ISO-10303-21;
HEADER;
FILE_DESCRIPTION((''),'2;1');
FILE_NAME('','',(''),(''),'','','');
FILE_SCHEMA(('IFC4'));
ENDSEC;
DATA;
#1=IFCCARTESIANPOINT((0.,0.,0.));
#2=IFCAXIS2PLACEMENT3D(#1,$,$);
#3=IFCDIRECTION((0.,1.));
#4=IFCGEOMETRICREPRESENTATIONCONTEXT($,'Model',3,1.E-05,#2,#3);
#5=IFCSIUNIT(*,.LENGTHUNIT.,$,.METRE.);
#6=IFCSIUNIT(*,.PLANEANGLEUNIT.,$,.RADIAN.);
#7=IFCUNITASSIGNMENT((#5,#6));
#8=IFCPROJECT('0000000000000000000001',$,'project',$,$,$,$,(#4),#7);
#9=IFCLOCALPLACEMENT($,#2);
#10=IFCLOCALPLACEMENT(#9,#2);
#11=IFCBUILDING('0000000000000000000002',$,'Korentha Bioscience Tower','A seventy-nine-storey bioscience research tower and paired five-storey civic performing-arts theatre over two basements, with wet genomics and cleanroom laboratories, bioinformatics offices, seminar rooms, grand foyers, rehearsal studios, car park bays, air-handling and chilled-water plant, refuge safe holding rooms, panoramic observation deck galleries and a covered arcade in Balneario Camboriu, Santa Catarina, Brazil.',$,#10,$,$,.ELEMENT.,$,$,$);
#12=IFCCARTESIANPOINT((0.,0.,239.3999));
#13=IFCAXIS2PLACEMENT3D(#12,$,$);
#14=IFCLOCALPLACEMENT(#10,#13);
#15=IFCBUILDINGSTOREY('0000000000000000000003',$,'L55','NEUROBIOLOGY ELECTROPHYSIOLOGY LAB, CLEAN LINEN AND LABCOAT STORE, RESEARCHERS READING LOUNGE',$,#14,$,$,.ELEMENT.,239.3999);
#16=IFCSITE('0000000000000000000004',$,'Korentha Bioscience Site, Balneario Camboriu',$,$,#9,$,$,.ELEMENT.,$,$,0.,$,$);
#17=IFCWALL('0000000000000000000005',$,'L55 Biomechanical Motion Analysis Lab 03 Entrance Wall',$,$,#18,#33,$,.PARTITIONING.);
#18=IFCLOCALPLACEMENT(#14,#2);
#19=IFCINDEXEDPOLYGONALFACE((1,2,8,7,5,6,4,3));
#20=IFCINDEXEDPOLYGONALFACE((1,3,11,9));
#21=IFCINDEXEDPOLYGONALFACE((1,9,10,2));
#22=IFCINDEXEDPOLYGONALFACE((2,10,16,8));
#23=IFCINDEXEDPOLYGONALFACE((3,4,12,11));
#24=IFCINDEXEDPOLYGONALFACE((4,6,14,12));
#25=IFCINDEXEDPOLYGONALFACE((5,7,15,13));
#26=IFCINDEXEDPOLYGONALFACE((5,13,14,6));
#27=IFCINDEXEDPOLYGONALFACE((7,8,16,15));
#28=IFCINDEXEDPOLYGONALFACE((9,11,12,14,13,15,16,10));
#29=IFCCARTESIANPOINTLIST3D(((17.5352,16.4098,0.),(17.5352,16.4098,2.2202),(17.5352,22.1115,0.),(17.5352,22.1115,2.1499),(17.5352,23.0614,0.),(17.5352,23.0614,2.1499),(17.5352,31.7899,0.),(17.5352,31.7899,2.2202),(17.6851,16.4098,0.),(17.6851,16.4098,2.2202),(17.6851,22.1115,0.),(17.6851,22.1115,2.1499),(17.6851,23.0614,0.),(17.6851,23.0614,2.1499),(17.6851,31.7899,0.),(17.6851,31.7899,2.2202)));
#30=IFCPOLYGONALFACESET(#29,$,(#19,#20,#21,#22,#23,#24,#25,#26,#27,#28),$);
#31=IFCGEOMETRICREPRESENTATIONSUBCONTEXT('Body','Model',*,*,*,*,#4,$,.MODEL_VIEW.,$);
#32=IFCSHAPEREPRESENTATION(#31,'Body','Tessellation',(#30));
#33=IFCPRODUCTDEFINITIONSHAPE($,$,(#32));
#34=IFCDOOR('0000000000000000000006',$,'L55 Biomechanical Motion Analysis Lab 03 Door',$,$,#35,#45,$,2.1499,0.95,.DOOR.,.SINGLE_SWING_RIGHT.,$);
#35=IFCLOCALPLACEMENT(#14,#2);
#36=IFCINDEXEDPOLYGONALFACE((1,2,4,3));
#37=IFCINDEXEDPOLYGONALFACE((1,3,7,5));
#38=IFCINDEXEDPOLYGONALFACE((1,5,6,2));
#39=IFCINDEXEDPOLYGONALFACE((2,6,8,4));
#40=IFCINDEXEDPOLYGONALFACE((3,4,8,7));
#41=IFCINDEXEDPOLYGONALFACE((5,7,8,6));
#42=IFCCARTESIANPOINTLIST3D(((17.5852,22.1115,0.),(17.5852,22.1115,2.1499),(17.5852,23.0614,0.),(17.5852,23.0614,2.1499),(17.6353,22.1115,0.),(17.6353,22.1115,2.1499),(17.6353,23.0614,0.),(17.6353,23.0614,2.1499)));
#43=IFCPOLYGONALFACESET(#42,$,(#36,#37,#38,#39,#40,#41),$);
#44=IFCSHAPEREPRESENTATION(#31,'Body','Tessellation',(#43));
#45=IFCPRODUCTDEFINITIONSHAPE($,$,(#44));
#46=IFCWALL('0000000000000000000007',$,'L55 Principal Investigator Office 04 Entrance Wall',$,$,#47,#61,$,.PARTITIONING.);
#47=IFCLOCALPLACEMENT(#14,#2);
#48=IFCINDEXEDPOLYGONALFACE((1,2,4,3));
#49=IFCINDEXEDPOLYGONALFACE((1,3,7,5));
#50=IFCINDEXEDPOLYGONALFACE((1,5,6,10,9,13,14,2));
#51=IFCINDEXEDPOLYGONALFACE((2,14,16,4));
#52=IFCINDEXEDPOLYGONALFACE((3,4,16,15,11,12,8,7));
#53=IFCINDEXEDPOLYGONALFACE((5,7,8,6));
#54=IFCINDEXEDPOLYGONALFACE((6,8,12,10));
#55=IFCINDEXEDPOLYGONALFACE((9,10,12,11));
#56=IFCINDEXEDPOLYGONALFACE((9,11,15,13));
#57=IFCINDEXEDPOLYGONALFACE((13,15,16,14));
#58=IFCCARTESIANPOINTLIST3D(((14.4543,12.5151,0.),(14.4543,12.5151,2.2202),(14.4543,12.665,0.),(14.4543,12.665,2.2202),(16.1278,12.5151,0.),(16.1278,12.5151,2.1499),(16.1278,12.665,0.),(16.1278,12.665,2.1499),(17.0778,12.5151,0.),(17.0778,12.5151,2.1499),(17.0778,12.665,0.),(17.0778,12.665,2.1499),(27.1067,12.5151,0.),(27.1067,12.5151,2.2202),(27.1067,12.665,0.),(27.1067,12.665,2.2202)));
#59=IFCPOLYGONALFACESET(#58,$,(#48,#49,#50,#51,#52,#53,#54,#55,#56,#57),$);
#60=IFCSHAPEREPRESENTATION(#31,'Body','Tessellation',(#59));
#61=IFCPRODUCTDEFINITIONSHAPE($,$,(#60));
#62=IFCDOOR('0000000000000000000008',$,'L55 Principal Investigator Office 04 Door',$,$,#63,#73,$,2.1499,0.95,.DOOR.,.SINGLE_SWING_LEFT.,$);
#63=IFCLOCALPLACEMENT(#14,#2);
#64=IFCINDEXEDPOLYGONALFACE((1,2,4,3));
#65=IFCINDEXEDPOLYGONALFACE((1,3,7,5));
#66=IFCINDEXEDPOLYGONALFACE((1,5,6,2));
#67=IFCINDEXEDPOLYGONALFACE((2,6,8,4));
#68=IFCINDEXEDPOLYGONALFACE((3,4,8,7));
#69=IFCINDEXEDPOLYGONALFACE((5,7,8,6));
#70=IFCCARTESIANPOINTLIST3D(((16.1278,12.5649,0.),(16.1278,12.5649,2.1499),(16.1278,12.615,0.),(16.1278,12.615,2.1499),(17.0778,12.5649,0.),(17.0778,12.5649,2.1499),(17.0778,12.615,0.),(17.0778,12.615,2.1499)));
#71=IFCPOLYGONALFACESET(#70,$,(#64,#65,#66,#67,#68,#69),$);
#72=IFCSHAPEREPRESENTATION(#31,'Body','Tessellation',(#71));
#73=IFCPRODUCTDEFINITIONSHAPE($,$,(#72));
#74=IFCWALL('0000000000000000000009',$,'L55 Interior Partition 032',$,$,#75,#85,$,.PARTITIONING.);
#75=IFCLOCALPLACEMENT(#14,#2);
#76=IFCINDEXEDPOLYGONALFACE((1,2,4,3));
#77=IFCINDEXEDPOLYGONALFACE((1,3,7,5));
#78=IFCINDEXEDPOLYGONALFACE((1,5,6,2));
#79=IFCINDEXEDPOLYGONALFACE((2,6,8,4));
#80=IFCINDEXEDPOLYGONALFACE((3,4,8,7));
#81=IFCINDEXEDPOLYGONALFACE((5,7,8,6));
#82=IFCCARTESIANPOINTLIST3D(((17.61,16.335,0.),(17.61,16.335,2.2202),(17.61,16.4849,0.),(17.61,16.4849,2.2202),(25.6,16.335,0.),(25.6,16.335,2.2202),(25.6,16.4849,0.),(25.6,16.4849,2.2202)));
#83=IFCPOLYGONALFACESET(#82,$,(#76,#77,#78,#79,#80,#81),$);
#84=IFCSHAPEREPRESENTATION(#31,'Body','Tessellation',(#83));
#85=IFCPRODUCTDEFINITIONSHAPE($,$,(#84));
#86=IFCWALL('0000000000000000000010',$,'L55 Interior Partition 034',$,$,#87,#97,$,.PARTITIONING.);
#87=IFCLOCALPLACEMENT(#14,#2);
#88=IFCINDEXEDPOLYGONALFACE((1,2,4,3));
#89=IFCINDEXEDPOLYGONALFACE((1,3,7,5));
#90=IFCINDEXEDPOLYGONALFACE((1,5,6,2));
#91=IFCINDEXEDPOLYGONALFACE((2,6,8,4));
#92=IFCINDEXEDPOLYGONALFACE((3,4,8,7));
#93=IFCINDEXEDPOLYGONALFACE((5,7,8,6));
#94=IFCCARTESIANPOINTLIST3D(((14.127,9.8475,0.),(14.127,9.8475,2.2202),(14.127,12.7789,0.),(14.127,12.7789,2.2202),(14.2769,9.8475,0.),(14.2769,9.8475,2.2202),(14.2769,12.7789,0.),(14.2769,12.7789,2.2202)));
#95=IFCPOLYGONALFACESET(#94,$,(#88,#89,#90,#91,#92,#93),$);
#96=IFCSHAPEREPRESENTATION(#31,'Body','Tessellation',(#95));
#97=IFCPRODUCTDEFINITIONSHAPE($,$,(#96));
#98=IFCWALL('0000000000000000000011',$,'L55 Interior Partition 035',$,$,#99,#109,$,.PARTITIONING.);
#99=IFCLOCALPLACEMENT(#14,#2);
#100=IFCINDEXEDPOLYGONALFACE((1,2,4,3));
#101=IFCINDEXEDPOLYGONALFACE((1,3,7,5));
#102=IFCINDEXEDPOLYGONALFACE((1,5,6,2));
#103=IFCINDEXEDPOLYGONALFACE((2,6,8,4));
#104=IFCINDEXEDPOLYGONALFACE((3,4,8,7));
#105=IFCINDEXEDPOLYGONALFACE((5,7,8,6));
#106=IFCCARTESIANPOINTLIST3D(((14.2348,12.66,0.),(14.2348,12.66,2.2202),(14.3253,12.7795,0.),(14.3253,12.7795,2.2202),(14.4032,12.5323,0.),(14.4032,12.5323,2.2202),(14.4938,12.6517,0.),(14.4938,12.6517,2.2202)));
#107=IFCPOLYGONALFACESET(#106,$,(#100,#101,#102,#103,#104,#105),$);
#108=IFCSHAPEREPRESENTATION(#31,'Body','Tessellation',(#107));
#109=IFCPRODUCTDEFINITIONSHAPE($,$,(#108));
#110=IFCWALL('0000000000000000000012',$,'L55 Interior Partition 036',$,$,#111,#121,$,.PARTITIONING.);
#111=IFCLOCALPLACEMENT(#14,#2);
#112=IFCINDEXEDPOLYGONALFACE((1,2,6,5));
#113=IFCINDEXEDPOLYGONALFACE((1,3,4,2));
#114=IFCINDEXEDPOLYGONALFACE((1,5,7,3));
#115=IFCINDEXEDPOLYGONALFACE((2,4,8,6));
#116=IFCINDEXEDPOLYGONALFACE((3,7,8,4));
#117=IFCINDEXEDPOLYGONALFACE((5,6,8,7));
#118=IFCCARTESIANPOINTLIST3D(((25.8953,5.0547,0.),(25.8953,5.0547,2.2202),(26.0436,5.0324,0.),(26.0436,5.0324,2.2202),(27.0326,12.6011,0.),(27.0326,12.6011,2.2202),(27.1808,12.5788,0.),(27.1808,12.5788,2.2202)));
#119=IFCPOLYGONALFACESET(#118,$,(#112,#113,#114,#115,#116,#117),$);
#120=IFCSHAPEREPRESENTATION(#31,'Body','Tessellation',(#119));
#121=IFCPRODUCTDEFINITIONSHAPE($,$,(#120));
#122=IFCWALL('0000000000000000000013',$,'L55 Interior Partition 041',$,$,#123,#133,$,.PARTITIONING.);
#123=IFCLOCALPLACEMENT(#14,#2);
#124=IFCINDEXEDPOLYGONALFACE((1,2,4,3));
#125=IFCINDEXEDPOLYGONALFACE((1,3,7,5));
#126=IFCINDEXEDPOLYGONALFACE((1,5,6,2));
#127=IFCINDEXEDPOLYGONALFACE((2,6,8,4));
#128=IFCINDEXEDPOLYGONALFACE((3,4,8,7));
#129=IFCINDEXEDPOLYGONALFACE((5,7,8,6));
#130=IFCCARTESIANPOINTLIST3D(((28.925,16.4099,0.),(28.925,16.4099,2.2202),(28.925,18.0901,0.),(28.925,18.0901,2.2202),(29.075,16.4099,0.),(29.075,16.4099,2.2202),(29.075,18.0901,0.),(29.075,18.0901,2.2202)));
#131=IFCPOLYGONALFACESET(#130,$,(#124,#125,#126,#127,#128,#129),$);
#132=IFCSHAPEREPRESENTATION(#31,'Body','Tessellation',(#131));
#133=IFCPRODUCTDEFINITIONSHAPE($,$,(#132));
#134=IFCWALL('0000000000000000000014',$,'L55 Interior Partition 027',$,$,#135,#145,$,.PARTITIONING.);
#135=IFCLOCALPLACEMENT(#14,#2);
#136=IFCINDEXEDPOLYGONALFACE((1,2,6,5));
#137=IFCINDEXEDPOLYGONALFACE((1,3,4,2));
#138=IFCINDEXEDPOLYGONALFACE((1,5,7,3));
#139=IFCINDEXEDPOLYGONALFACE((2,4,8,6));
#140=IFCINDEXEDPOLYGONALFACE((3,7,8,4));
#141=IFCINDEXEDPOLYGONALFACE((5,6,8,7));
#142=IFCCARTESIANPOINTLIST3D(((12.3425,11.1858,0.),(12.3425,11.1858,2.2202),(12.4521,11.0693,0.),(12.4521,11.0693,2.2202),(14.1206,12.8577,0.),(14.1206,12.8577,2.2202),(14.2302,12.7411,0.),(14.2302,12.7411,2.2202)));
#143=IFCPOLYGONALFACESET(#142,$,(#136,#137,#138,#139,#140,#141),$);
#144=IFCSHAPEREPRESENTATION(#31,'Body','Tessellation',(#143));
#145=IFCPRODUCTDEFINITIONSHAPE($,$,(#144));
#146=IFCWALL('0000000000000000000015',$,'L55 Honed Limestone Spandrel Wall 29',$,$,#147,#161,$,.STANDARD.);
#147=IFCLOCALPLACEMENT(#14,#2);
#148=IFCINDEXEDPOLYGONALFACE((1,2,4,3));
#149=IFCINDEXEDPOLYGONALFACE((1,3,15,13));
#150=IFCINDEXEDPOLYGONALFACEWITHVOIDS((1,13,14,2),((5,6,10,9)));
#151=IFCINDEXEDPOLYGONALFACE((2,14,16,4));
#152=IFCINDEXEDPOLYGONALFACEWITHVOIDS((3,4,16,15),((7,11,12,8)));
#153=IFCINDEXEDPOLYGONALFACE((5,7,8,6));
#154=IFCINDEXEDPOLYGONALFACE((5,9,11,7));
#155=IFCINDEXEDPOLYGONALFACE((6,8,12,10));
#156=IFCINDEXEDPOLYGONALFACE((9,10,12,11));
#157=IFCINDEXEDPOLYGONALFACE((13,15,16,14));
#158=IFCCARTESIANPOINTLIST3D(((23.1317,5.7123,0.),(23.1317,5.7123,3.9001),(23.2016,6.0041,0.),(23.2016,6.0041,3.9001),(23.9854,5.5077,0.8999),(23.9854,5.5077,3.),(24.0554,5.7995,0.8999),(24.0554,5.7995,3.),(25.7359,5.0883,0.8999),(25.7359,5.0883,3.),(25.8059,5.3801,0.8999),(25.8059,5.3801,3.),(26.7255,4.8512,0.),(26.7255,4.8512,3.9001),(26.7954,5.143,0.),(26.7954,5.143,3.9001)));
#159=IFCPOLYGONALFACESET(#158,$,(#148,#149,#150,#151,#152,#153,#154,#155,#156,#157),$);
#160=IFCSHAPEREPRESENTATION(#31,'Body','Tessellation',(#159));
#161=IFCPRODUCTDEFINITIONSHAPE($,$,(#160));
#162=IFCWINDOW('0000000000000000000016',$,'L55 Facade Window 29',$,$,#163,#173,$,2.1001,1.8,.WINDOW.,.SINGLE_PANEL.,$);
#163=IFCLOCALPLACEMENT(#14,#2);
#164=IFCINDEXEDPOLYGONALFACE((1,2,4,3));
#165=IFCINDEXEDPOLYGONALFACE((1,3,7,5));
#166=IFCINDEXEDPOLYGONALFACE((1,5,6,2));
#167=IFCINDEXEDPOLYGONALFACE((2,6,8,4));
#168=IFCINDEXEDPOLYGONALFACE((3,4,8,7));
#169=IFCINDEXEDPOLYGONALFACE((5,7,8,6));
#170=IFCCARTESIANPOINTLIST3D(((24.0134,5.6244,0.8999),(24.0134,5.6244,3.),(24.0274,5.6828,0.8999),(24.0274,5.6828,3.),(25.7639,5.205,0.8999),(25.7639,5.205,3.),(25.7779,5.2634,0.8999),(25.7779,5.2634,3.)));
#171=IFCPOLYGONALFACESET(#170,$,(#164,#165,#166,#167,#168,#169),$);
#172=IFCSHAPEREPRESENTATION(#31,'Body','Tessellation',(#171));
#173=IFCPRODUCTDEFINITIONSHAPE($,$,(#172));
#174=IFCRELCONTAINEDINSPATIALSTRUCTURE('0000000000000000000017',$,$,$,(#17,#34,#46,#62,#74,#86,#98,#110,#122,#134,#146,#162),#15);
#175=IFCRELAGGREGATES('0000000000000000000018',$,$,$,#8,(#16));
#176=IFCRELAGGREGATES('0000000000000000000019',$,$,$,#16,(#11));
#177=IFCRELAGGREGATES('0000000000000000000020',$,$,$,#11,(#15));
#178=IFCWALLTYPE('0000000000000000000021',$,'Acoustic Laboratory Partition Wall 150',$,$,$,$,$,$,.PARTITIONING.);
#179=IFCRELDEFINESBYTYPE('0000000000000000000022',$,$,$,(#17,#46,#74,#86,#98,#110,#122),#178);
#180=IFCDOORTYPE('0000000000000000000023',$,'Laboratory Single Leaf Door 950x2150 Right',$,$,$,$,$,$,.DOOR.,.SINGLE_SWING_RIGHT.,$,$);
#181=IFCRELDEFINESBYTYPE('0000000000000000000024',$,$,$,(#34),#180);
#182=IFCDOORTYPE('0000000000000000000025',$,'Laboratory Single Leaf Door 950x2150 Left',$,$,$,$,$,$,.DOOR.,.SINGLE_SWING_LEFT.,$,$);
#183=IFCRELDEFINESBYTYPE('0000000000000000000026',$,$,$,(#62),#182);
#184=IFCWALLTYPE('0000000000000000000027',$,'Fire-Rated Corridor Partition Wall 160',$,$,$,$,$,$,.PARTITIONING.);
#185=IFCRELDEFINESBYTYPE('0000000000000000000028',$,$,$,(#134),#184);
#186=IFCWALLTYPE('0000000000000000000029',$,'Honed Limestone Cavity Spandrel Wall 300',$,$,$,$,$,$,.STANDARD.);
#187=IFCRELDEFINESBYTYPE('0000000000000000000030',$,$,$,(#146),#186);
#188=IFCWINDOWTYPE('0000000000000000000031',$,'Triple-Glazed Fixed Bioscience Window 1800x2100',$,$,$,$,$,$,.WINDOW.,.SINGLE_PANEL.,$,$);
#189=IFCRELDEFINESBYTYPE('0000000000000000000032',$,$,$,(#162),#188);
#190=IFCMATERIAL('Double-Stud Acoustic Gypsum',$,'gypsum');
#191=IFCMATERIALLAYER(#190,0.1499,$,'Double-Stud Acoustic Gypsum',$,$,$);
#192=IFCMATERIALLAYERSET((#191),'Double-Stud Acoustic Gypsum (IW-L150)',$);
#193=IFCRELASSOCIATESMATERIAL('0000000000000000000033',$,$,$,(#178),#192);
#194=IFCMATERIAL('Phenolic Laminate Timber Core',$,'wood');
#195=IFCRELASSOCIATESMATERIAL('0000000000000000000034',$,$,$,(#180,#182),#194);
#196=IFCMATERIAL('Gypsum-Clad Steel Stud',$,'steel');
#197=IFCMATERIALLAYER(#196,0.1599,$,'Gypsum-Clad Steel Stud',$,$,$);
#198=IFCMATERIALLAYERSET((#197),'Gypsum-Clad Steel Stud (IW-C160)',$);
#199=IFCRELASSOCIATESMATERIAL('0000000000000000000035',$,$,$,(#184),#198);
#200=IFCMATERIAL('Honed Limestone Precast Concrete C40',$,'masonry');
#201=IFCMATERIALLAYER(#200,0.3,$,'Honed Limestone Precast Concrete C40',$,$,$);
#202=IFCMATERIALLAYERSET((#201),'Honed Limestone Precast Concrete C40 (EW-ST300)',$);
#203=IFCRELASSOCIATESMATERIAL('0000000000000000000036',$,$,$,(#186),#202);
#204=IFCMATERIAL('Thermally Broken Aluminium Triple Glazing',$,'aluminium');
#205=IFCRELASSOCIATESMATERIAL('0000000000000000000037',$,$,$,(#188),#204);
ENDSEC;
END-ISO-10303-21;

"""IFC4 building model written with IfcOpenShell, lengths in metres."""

from ifc_helpers import new_model, si_unit, direction, frame, frame_2d, origin, place, context, subcontext, project, spatial, rectangle, extrude, material, layer, layer_set, type_object, element, fill, save


model = new_model("IFC4")

# Units and contexts
model_context = context("Model", 3, precision=1e-05, world=origin(), true_north=direction((0.0, 1.0)))
body_context = subcontext(model_context, "Body", "Model", "MODEL_VIEW")
ifc_project = project(units=[si_unit("LENGTHUNIT", "METRE"), si_unit("PLANEANGLEUNIT", "RADIAN")], contexts=[model_context])

# Site, building, storey
site_placement = place(None, origin())
site = spatial("IfcSite", under=ifc_project, at=site_placement, Name="Korentha Bioscience Site, Balneario Camboriu", CompositionType="ELEMENT", RefElevation=0.0)
building_placement = place(site_placement, origin())
building = spatial("IfcBuilding", under=site, at=building_placement, Name="Korentha Bioscience Tower", Description="A seventy-nine-storey bioscience research tower and paired five-storey civic performing-arts theatre over two basements, with wet genomics and cleanroom laboratories, bioinformatics offices, seminar rooms, grand foyers, rehearsal studios, car park bays, air-handling and chilled-water plant, refuge safe holding rooms, panoramic observation deck galleries and a covered arcade in Balneario Camboriu, Santa Catarina, Brazil.", CompositionType="ELEMENT")
storey_placement = place(building_placement, frame((0.0, 0.0, 239.3999)))
storey = spatial("IfcBuildingStorey", under=building, at=storey_placement, Name="L55", Description="NEUROBIOLOGY ELECTROPHYSIOLOGY LAB, CLEAN LINEN AND LABCOAT STORE, RESEARCHERS READING LOUNGE", CompositionType="ELEMENT", Elevation=239.3999)

# Walls, openings, doors
ifc_material_1 = material(Name="Double-Stud Acoustic Gypsum", Category="gypsum")
ifc_layer_1 = layer(ifc_material_1, 0.1499, Name="Double-Stud Acoustic Gypsum")
ifc_layer_set_1 = layer_set([ifc_layer_1], Name="Double-Stud Acoustic Gypsum (IW-L150)")
wall_type_1 = type_object("IfcWallType", Name="Acoustic Laboratory Partition Wall 150", PredefinedType="PARTITIONING", material=ifc_layer_set_1)
wall_1_placement = place(storey_placement, frame((17.6101, 16.4099, 0.0), z_axis=(0.0, 0.0, 1.0), x_axis=(0.0, 1.0, 0.0)))
wall_1 = element("IfcWall", 1, at=wall_1_placement, inside=storey, type_object=wall_type_1, Name="L55 Biomechanical Motion Analysis Lab 03 Entrance Wall", PredefinedType="PARTITIONING", context=body_context, shape_type="SweptSolid", body=[
    extrude(rectangle(XDim=15.3801, YDim=0.1499, at=frame_2d((7.6899, 0.0))), origin(), (0.0, 0.0, 1.0), 2.2202),
])
opening_1_placement = place(wall_1_placement, frame((5.7014, 0.0, 0.0)))
opening_1 = element("IfcOpeningElement", 2, at=opening_1_placement, cuts=wall_1, PredefinedType="OPENING", context=body_context, shape_type="SweptSolid", body=[
    extrude(rectangle(XDim=0.95, YDim=2.1499, at=frame_2d((0.4751, 1.075))), frame((0.0, 0.0898, 0.0), z_axis=(0.0, -1.0, 0.0), x_axis=(1.0, 0.0, 0.0)), (0.0, 0.0, 1.0), 0.1797),
])
ifc_material_2 = material(Name="Phenolic Laminate Timber Core", Category="wood")
door_type_1 = type_object("IfcDoorType", Name="Laboratory Single Leaf Door 950x2150 Right", OperationType="SINGLE_SWING_RIGHT", PredefinedType="DOOR", material=ifc_material_2)
door_1_placement = place(opening_1_placement, origin())
door_1 = element("IfcDoor", 3, at=door_1_placement, inside=storey, type_object=door_type_1, Name="L55 Biomechanical Motion Analysis Lab 03 Door", OperationType="SINGLE_SWING_RIGHT", OverallHeight=2.1499, OverallWidth=0.95, PredefinedType="DOOR", context=body_context, shape_type="SweptSolid", body=[
    extrude(rectangle(XDim=0.95, YDim=2.1499, at=frame_2d((0.4751, 1.075))), frame((0.0, 0.0249, 0.0), z_axis=(0.0, -1.0, 0.0), x_axis=(1.0, 0.0, 0.0)), (0.0, 0.0, 1.0), 0.05),
])
fill(opening_1, door_1)
wall_2_placement = place(storey_placement, frame((14.4543, 12.5901, 0.0), z_axis=(0.0, 0.0, 1.0), x_axis=(1.0, 0.0, 0.0)))
wall_2 = element("IfcWall", 4, at=wall_2_placement, inside=storey, type_object=wall_type_1, Name="L55 Principal Investigator Office 04 Entrance Wall", PredefinedType="PARTITIONING", context=body_context, shape_type="SweptSolid", body=[
    extrude(rectangle(XDim=12.6523, YDim=0.1499, at=frame_2d((6.3262, 0.0))), origin(), (0.0, 0.0, 1.0), 2.2202),
])
opening_2_placement = place(wall_2_placement, frame((1.6733, 0.0, 0.0)))
opening_2 = element("IfcOpeningElement", 5, at=opening_2_placement, cuts=wall_2, PredefinedType="OPENING", context=body_context, shape_type="SweptSolid", body=[
    extrude(rectangle(XDim=0.95, YDim=2.1499, at=frame_2d((0.4751, 1.075))), frame((0.0, 0.0898, 0.0), z_axis=(0.0, -1.0, 0.0), x_axis=(1.0, 0.0, 0.0)), (0.0, 0.0, 1.0), 0.1797),
])
door_type_2 = type_object("IfcDoorType", Name="Laboratory Single Leaf Door 950x2150 Left", OperationType="SINGLE_SWING_LEFT", PredefinedType="DOOR", material=ifc_material_2)
door_2_placement = place(opening_2_placement, origin())
door_2 = element("IfcDoor", 6, at=door_2_placement, inside=storey, type_object=door_type_2, Name="L55 Principal Investigator Office 04 Door", OperationType="SINGLE_SWING_LEFT", OverallHeight=2.1499, OverallWidth=0.95, PredefinedType="DOOR", context=body_context, shape_type="SweptSolid", body=[
    extrude(rectangle(XDim=0.95, YDim=2.1499, at=frame_2d((0.4751, 1.075))), frame((0.0, 0.0249, 0.0), z_axis=(0.0, -1.0, 0.0), x_axis=(1.0, 0.0, 0.0)), (0.0, 0.0, 1.0), 0.05),
])
fill(opening_2, door_2)

# Walls
wall_3_placement = place(storey_placement, frame((25.6001, 16.4099, 0.0), z_axis=(0.0, 0.0, 1.0), x_axis=(-1.0, 0.0, 0.0)))
element("IfcWall", 7, at=wall_3_placement, inside=storey, type_object=wall_type_1, Name="L55 Interior Partition 032", PredefinedType="PARTITIONING", context=body_context, shape_type="SweptSolid", body=[
    extrude(rectangle(XDim=7.99, YDim=0.1499, at=frame_2d((3.9951, 0.0))), origin(), (0.0, 0.0, 1.0), 2.2202),
])
wall_4_placement = place(storey_placement, frame((14.2019, 9.8474, 0.0), z_axis=(0.0, 0.0, 1.0), x_axis=(0.0, 1.0, 0.0)))
element("IfcWall", 8, at=wall_4_placement, inside=storey, type_object=wall_type_1, Name="L55 Interior Partition 034", PredefinedType="PARTITIONING", context=body_context, shape_type="SweptSolid", body=[
    extrude(rectangle(XDim=2.9314, YDim=0.1499, at=frame_2d((1.4658, 0.0))), origin(), (0.0, 0.0, 1.0), 2.2202),
])
wall_5_placement = place(storey_placement, frame((14.28, 12.7197, 0.0), z_axis=(0.0, 0.0, 1.0), x_axis=(0.796941, -0.604058, 0.0)))
element("IfcWall", 9, at=wall_5_placement, inside=storey, type_object=wall_type_1, Name="L55 Interior Partition 035", PredefinedType="PARTITIONING", context=body_context, shape_type="SweptSolid", body=[
    extrude(rectangle(XDim=0.2114, YDim=0.1499, at=frame_2d((0.1057, 0.0))), origin(), (0.0, 0.0, 1.0), 2.2202),
])
wall_6_placement = place(storey_placement, frame((27.1067, 12.5901, 0.0), z_axis=(0.0, 0.0, 1.0), x_axis=(-0.149013, -0.988835, 0.0)))
element("IfcWall", 10, at=wall_6_placement, inside=storey, type_object=wall_type_1, Name="L55 Interior Partition 036", PredefinedType="PARTITIONING", context=body_context, shape_type="SweptSolid", body=[
    extrude(rectangle(XDim=7.6316, YDim=0.1499, at=frame_2d((3.8159, 0.0))), origin(), (0.0, 0.0, 1.0), 2.2202),
])
wall_7_placement = place(storey_placement, frame((29.0, 16.4099, 0.0), z_axis=(0.0, 0.0, 1.0), x_axis=(0.0, 1.0, 0.0)))
element("IfcWall", 11, at=wall_7_placement, inside=storey, type_object=wall_type_1, Name="L55 Interior Partition 041", PredefinedType="PARTITIONING", context=body_context, shape_type="SweptSolid", body=[
    extrude(rectangle(XDim=1.6802, YDim=0.1499, at=frame_2d((0.8401, 0.0))), origin(), (0.0, 0.0, 1.0), 2.2202),
])

# Wall
ifc_material_3 = material(Name="Gypsum-Clad Steel Stud", Category="steel")
ifc_layer_2 = layer(ifc_material_3, 0.1599, Name="Gypsum-Clad Steel Stud")
ifc_layer_set_2 = layer_set([ifc_layer_2], Name="Gypsum-Clad Steel Stud (IW-C160)")
wall_type_2 = type_object("IfcWallType", Name="Fire-Rated Corridor Partition Wall 160", PredefinedType="PARTITIONING", material=ifc_layer_set_2)
wall_8_placement = place(storey_placement, frame((14.1753, 12.7993, 0.0), z_axis=(0.0, 0.0, 1.0), x_axis=(-0.728529, -0.685015, 0.0)))
element("IfcWall", 12, at=wall_8_placement, inside=storey, type_object=wall_type_2, Name="L55 Interior Partition 027", PredefinedType="PARTITIONING", context=body_context, shape_type="SweptSolid", body=[
    extrude(rectangle(XDim=2.4407, YDim=0.1599, at=frame_2d((1.2202, 0.0))), origin(), (0.0, 0.0, 1.0), 2.2202),
])

# Wall, opening, window
ifc_material_4 = material(Name="Honed Limestone Precast Concrete C40", Category="masonry")
ifc_layer_3 = layer(ifc_material_4, 0.3, Name="Honed Limestone Precast Concrete C40")
ifc_layer_set_3 = layer_set([ifc_layer_3], Name="Honed Limestone Precast Concrete C40 (EW-ST300)")
wall_type_3 = type_object("IfcWallType", Name="Honed Limestone Cavity Spandrel Wall 300", PredefinedType="STANDARD", material=ifc_layer_set_3)
wall_9_placement = place(storey_placement, frame((23.1667, 5.8582, 0.0), z_axis=(0.0, 0.0, 1.0), x_axis=(0.972474, -0.233011, 0.0)))
wall_9 = element("IfcWall", 13, at=wall_9_placement, inside=storey, type_object=wall_type_3, Name="L55 Honed Limestone Spandrel Wall 29", PredefinedType="STANDARD", context=body_context, shape_type="SweptSolid", body=[
    extrude(rectangle(XDim=3.6956, YDim=0.3, at=frame_2d((1.8477, 0.0))), origin(), (0.0, 0.0, 1.0), 3.9001),
])
opening_3_placement = place(wall_9_placement, frame((0.8779, 0.0, 0.8999)))
opening_3 = element("IfcOpeningElement", 14, at=opening_3_placement, cuts=wall_9, PredefinedType="OPENING", context=body_context, shape_type="SweptSolid", body=[
    extrude(rectangle(XDim=1.8, YDim=2.1001, at=frame_2d((0.8999, 1.05))), frame((0.0, 0.165, 0.0), z_axis=(0.0, -1.0, 0.0), x_axis=(1.0, 0.0, 0.0)), (0.0, 0.0, 1.0), 0.3298),
])
ifc_material_5 = material(Name="Thermally Broken Aluminium Triple Glazing", Category="aluminium")
window_type = type_object("IfcWindowType", Name="Triple-Glazed Fixed Bioscience Window 1800x2100", PartitioningType="SINGLE_PANEL", PredefinedType="WINDOW", material=ifc_material_5)
window_placement = place(opening_3_placement, origin())
window = element("IfcWindow", 15, at=window_placement, inside=storey, type_object=window_type, Name="L55 Facade Window 29", OverallHeight=2.1001, OverallWidth=1.8, PartitioningType="SINGLE_PANEL", PredefinedType="WINDOW", context=body_context, shape_type="SweptSolid", body=[
    extrude(rectangle(XDim=1.8, YDim=2.1001, at=frame_2d((0.8999, 1.05))), frame((0.0, 0.03, 0.0), z_axis=(0.0, -1.0, 0.0), x_axis=(1.0, 0.0, 0.0)), (0.0, 0.0, 1.0), 0.0601),
])
fill(opening_3, window)

save(model, "model.ifc")
